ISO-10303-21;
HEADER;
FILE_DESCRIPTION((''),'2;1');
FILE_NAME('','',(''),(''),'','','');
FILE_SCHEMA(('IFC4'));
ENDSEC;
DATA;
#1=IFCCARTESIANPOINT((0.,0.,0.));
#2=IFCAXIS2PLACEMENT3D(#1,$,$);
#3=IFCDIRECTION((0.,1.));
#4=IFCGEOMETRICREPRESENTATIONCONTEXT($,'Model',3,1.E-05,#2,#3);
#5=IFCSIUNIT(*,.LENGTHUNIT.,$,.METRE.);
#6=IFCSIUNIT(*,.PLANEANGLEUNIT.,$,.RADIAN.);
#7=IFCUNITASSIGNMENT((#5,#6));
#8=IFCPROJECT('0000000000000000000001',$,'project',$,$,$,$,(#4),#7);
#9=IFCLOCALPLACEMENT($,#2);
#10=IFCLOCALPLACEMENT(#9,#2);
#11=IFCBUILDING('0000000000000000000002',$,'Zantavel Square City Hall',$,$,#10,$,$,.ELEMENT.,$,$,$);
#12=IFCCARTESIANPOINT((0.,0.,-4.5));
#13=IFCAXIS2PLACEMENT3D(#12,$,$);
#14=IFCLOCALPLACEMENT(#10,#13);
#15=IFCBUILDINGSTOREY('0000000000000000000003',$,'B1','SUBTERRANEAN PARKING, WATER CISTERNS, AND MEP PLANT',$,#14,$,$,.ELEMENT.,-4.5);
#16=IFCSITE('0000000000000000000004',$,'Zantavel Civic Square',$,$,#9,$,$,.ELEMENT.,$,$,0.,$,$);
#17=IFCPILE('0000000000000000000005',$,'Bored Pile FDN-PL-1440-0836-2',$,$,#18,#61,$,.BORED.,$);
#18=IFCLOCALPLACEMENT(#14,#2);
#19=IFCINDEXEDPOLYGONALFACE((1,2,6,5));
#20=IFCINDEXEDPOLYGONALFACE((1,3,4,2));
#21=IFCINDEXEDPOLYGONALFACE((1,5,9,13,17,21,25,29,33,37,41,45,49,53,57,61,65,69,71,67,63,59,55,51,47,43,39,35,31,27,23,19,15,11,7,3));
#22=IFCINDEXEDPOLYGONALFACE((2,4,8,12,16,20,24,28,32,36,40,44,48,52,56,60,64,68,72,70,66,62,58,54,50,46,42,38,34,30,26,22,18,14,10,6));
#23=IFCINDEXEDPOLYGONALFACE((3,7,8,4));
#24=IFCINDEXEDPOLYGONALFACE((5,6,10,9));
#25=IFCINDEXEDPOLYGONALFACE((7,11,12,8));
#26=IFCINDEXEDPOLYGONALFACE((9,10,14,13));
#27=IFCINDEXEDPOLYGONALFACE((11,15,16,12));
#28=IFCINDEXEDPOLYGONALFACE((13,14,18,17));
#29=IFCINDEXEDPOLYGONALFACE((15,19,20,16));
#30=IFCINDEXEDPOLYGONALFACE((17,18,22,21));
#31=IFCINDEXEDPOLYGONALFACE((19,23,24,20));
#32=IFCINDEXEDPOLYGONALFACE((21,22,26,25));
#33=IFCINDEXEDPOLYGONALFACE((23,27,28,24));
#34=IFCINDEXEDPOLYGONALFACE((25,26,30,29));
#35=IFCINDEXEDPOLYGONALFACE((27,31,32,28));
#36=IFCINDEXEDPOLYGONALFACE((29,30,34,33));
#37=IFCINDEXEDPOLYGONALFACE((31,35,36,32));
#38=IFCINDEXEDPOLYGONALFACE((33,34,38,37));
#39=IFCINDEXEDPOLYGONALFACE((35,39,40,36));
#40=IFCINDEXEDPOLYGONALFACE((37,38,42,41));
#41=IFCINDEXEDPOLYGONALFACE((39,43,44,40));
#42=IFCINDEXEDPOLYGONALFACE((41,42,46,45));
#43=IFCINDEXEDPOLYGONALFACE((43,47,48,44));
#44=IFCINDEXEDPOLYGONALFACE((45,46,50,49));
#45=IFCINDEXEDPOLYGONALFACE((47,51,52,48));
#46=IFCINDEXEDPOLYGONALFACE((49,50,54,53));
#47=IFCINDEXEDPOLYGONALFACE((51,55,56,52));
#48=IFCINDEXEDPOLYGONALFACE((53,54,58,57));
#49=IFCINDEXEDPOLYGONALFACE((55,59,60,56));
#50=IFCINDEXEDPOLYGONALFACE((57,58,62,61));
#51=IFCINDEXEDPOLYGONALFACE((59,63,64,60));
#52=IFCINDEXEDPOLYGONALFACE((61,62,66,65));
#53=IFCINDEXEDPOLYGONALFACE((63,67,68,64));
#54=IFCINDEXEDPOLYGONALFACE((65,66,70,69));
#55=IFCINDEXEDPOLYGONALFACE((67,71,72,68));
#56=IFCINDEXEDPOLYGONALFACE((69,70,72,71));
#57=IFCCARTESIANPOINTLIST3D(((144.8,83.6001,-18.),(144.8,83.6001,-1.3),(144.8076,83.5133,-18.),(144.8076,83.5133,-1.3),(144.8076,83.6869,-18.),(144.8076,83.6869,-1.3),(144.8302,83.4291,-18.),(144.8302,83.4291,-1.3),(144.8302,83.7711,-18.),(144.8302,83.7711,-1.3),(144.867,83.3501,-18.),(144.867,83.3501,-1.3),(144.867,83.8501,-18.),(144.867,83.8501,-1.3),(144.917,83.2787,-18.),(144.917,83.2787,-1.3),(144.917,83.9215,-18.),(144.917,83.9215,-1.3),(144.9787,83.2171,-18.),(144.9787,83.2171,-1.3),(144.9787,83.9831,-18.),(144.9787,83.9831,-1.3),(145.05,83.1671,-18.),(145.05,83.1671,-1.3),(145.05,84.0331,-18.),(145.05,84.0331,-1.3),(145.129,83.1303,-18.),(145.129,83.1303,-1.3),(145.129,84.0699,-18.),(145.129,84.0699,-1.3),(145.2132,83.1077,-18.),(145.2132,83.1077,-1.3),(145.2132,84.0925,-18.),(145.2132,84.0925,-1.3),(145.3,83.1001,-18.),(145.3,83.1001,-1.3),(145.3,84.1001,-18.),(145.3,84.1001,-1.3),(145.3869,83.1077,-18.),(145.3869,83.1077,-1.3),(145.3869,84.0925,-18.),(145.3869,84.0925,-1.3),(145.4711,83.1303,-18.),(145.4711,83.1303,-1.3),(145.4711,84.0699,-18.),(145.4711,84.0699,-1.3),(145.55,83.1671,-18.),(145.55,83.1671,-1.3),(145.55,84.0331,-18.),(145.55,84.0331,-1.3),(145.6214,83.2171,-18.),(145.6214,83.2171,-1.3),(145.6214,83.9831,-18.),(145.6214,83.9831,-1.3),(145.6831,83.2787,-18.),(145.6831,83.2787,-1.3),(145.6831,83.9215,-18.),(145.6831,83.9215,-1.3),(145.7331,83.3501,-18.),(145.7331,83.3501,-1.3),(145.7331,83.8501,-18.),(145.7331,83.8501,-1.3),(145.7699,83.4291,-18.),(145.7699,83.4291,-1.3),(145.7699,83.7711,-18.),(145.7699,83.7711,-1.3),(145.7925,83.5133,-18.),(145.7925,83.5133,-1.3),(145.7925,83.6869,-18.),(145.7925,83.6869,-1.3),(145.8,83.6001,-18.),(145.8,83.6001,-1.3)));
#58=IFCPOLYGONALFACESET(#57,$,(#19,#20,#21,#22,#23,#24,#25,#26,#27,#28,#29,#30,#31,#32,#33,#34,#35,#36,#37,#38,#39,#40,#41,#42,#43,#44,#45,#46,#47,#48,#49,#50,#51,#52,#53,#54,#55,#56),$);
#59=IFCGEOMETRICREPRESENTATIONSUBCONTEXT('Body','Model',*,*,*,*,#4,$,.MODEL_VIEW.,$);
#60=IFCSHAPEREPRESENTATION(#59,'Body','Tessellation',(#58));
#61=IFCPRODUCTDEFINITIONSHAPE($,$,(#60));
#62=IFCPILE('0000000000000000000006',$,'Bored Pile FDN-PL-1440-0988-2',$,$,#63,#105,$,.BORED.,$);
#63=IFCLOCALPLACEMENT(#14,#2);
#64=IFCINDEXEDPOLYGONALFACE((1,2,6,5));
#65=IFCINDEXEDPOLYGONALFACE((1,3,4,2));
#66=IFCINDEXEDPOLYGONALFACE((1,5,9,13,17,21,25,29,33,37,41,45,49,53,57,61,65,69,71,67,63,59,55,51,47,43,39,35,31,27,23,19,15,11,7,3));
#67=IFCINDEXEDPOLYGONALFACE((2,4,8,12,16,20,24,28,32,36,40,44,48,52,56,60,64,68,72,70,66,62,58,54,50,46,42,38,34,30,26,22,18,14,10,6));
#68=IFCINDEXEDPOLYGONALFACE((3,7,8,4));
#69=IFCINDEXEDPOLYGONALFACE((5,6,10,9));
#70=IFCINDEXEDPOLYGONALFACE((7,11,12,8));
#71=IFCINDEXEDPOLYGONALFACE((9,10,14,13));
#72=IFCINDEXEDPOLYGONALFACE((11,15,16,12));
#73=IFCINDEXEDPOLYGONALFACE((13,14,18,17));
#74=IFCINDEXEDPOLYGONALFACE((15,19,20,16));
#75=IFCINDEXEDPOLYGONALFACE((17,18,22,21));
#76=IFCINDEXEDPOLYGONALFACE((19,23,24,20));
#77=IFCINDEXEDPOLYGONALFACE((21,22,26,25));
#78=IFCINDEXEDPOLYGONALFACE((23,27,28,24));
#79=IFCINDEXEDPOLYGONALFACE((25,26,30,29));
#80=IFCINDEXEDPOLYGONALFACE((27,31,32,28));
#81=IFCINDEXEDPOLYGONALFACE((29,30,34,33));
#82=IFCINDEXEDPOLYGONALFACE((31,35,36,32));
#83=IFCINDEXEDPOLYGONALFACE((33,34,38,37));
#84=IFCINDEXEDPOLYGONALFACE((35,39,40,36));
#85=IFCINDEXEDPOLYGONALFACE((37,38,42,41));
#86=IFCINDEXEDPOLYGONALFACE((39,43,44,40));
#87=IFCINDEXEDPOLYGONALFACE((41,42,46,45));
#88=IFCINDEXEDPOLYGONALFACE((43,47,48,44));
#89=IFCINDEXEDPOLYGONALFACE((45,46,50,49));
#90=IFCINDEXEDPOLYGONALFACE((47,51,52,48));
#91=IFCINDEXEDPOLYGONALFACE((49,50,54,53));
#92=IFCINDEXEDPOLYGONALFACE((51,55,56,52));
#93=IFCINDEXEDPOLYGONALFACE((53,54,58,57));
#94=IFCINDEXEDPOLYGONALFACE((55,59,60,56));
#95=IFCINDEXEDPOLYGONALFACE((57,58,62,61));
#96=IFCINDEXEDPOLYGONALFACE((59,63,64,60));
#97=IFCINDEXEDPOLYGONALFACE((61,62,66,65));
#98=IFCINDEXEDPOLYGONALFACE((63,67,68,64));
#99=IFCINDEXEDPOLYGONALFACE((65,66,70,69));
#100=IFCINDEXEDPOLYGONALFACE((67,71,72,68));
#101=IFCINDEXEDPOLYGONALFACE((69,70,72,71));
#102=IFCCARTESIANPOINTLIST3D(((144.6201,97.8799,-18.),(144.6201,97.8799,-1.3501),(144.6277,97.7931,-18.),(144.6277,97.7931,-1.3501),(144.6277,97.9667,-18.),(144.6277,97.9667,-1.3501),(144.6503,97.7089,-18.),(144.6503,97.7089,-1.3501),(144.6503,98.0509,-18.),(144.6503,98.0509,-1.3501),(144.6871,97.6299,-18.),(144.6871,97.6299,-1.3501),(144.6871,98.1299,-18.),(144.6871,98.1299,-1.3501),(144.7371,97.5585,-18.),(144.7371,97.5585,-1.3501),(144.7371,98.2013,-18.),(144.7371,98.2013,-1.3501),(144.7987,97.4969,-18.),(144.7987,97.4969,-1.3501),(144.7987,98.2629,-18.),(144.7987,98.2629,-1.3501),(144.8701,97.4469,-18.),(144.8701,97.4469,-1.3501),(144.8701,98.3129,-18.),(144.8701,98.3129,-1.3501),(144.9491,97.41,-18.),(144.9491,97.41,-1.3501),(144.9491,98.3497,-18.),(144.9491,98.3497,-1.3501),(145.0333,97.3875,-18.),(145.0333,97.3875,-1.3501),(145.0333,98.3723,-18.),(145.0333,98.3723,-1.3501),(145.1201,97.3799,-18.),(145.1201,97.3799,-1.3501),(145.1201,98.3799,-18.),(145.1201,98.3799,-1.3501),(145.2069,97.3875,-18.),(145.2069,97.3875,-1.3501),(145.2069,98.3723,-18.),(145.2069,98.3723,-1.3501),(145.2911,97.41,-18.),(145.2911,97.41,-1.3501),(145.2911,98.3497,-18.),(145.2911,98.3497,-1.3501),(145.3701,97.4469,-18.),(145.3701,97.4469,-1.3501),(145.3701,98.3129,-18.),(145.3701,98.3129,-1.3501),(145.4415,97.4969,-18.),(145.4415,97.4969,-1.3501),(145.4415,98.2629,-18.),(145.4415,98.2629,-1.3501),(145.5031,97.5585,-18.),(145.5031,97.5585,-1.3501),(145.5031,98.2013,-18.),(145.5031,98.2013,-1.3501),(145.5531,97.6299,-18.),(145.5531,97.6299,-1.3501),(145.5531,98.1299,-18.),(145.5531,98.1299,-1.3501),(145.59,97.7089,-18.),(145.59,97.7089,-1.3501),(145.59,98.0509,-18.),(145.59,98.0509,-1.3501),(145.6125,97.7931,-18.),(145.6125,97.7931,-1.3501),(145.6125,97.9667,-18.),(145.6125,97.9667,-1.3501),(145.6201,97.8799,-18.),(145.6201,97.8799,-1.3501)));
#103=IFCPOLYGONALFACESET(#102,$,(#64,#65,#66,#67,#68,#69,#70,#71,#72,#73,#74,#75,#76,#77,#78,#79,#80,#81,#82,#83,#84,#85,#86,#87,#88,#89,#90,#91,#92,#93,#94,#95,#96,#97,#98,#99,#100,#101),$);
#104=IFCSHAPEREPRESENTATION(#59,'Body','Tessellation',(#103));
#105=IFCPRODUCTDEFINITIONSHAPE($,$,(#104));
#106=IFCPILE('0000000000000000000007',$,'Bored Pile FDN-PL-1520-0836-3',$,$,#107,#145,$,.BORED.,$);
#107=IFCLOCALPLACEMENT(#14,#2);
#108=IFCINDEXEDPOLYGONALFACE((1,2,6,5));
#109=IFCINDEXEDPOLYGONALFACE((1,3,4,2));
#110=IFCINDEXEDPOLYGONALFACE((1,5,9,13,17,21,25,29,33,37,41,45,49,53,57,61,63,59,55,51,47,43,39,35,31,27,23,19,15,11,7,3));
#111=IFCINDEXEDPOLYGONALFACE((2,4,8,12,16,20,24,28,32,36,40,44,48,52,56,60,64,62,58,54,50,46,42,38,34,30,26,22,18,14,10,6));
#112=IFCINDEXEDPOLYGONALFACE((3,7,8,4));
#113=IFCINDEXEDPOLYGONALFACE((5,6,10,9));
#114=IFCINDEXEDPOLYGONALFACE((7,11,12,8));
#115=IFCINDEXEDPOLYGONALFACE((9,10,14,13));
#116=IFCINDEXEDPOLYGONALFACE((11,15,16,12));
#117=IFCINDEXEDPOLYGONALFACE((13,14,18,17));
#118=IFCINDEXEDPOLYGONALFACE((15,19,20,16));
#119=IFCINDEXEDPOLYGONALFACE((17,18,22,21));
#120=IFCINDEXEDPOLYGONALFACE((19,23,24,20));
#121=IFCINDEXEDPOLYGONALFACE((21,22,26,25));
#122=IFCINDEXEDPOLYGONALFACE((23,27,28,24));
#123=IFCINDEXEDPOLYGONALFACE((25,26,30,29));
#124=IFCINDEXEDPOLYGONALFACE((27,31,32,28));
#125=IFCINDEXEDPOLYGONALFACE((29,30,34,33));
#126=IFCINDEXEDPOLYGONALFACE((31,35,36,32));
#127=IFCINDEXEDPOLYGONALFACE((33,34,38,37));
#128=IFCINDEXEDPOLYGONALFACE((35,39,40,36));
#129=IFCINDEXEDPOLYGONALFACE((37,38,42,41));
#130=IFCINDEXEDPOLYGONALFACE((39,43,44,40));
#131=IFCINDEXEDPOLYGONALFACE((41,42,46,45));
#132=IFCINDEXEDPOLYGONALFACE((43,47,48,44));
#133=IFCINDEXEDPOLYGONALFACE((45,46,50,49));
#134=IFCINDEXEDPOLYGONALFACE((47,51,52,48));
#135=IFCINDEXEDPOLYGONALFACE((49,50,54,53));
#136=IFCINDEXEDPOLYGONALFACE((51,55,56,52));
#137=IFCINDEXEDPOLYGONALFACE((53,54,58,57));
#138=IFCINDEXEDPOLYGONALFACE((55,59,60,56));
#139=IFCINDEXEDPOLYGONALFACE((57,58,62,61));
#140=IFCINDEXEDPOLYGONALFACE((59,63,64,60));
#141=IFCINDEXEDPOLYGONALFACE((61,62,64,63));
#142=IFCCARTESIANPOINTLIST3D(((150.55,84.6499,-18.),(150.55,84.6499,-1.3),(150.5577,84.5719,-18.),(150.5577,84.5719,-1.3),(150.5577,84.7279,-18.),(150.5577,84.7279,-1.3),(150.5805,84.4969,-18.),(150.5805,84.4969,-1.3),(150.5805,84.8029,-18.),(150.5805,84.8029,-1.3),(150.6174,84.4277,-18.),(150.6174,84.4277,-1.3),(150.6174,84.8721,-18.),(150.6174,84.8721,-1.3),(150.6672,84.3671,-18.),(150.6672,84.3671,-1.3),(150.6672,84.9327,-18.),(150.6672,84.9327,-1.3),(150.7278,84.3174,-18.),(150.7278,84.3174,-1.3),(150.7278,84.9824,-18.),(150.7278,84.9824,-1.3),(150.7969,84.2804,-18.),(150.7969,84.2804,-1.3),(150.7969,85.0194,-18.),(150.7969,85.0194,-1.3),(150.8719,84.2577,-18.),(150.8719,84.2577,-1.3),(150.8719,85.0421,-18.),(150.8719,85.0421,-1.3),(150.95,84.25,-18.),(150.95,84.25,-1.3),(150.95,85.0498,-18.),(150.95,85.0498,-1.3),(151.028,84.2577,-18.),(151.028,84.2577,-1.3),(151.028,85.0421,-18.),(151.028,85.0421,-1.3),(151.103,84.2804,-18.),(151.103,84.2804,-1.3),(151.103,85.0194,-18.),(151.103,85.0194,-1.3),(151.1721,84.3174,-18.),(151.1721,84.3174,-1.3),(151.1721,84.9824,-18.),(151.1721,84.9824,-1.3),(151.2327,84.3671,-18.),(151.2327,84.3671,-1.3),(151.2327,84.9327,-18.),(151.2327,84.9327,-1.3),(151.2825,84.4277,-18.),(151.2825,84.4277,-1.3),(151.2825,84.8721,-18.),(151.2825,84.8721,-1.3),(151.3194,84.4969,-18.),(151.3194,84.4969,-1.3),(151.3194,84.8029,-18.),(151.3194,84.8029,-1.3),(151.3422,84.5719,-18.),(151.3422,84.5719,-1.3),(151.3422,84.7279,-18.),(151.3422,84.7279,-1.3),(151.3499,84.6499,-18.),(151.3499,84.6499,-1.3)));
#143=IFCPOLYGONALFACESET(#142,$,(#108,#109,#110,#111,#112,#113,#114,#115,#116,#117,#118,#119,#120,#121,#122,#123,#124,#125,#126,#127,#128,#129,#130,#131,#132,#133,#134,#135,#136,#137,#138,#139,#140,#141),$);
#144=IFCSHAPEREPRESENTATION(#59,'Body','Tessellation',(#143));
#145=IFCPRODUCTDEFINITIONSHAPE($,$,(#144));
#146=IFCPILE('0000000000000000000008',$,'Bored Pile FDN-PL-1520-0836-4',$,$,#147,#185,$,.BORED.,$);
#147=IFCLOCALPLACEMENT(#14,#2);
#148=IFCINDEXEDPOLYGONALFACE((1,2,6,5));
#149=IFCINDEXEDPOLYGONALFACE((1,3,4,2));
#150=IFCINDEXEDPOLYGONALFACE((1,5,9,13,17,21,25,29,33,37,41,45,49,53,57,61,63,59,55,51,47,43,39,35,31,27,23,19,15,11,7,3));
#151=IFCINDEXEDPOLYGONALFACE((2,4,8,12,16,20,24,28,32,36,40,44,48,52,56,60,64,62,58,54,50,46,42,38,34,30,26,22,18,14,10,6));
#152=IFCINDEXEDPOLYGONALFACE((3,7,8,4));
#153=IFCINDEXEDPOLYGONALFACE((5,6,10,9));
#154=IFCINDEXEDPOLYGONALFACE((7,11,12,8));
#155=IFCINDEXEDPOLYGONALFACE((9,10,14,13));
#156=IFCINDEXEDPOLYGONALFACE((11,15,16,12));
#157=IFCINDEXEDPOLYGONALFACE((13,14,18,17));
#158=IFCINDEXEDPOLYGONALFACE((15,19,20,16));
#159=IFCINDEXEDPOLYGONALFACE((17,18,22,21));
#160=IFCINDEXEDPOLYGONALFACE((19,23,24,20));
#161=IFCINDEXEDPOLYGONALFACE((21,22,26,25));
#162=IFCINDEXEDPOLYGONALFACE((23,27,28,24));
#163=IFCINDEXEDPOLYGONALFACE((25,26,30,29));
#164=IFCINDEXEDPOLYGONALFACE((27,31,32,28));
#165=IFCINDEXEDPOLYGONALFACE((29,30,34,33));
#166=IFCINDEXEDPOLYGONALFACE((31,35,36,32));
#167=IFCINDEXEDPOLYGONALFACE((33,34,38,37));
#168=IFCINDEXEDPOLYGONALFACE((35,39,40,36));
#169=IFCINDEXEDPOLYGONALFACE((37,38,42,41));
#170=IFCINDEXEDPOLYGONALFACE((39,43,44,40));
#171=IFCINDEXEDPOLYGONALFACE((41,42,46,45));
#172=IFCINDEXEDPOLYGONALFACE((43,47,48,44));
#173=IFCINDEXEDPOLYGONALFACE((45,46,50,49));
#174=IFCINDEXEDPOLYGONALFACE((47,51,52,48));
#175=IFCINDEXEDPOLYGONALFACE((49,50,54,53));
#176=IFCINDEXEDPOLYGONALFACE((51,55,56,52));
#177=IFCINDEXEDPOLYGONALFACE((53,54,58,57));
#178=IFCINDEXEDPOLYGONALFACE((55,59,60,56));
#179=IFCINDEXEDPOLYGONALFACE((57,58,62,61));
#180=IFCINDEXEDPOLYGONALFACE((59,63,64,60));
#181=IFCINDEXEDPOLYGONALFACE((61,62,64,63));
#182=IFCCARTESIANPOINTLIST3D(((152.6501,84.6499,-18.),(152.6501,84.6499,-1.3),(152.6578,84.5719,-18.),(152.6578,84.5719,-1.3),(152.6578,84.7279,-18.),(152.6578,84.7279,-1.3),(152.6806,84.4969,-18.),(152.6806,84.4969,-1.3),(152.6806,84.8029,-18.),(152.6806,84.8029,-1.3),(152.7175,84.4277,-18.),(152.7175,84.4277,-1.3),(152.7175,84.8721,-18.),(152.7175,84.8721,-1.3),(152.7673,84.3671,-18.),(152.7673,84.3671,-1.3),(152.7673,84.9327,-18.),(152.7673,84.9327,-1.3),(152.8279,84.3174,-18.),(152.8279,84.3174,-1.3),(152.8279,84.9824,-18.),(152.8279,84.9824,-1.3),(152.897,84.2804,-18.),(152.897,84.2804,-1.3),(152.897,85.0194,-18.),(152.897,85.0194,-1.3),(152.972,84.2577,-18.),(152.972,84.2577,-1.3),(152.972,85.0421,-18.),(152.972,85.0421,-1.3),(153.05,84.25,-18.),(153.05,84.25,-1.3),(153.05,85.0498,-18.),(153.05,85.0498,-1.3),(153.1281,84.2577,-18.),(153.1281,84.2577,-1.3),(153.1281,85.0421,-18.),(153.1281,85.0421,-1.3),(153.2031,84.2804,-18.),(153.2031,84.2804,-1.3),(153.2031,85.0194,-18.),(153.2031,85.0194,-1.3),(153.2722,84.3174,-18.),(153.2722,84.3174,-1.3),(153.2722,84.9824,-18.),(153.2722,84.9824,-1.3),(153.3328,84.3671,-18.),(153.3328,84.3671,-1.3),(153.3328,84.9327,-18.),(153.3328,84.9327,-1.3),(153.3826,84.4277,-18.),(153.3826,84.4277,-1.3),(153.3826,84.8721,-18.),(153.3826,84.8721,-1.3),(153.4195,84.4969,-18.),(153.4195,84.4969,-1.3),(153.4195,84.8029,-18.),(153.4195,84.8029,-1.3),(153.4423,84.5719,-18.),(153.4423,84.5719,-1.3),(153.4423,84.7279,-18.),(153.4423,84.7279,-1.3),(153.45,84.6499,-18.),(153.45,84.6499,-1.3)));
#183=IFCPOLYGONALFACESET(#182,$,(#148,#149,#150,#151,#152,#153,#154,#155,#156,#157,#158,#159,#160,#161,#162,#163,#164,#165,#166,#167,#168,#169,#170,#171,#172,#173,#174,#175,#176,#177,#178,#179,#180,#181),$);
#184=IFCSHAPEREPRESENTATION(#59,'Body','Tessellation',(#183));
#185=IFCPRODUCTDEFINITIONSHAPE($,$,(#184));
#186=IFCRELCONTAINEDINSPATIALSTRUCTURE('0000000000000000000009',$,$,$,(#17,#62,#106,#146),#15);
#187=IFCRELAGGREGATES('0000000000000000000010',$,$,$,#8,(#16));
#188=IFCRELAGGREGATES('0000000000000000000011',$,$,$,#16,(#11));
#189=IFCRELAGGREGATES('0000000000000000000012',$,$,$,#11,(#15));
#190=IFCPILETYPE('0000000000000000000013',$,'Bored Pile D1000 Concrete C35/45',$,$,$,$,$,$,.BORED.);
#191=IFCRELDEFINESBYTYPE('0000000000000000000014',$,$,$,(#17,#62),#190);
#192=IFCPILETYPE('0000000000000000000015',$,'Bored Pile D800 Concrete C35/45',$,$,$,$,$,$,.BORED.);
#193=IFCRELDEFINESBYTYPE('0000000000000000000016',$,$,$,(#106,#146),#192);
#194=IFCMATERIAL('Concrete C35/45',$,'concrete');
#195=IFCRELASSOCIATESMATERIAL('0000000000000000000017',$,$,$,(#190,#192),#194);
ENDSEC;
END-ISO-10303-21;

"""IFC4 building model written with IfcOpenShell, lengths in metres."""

from ifc_helpers import new_model, si_unit, direction, frame, origin, origin_2d, place, context, subcontext, project, spatial, circle, extrude, material, material_profile, profile_set, type_object, element, save


model = new_model("IFC4")

# Units and contexts
model_context = context("Model", 3, precision=1e-05, world=origin(), true_north=direction((0.0, 1.0)))
body_context = subcontext(model_context, "Body", "Model", "MODEL_VIEW")
ifc_project = project(units=[si_unit("LENGTHUNIT", "METRE"), si_unit("PLANEANGLEUNIT", "RADIAN")], contexts=[model_context])

# Site, building, storey
site_placement = place(None, origin())
site = spatial("IfcSite", under=ifc_project, at=site_placement, Name="Zantavel Civic Square", CompositionType="ELEMENT", RefElevation=0.0)
building_placement = place(site_placement, origin())
building = spatial("IfcBuilding", under=site, at=building_placement, Name="Zantavel Square City Hall", CompositionType="ELEMENT")
storey_placement = place(building_placement, frame((0.0, 0.0, -4.5)))
storey = spatial("IfcBuildingStorey", under=building, at=storey_placement, Name="B1", Description="SUBTERRANEAN PARKING, WATER CISTERNS, AND MEP PLANT", CompositionType="ELEMENT", Elevation=-4.5)

# Piles
ifc_material_1 = material(Name="Concrete C35/45", Category="concrete")
ifc_material_profile_1 = material_profile(ifc_material_1, circle(Radius=0.5, at=origin_2d()), Name="PILE D1000")
ifc_profile_set_1 = profile_set([ifc_material_profile_1], Name="Concrete C35/45")
pile_type_1 = type_object("IfcPileType", Name="Bored Pile D1000 Concrete C35/45", PredefinedType="BORED", material=ifc_profile_set_1)
pile_1_placement = place(storey_placement, frame((145.3, 83.6001, -1.3), z_axis=(0.0, 0.0, -1.0), x_axis=(1.0, 0.0, 0.0)))
element("IfcPile", 1, at=pile_1_placement, inside=storey, type_object=pile_type_1, Name="Bored Pile FDN-PL-1440-0836-2", PredefinedType="BORED", context=body_context, shape_type="SweptSolid", body=[
    extrude(circle(Radius=0.5, at=origin_2d()), origin(), (0.0, 0.0, 1.0), 16.7),
])
pile_2_placement = place(storey_placement, frame((145.1201, 97.8799, -1.3501), z_axis=(0.0, 0.0, -1.0), x_axis=(1.0, 0.0, 0.0)))
element("IfcPile", 2, at=pile_2_placement, inside=storey, type_object=pile_type_1, Name="Bored Pile FDN-PL-1440-0988-2", PredefinedType="BORED", context=body_context, shape_type="SweptSolid", body=[
    extrude(circle(Radius=0.5, at=origin_2d()), origin(), (0.0, 0.0, 1.0), 16.6499),
])
ifc_material_profile_2 = material_profile(ifc_material_1, circle(Radius=0.3999, at=origin_2d()), Name="PILE D800")
ifc_profile_set_2 = profile_set([ifc_material_profile_2], Name="Concrete C35/45")
pile_type_2 = type_object("IfcPileType", Name="Bored Pile D800 Concrete C35/45", PredefinedType="BORED", material=ifc_profile_set_2)
for number, where, z_axis, x_axis, name in (
    (3, (150.95, 84.6499, -1.3), (0.0, 0.0, -1.0), (1.0, 0.0, 0.0), "Bored Pile FDN-PL-1520-0836-3"),
    (4, (153.05, 84.6499, -1.3), (0.0, 0.0, -1.0), (1.0, 0.0, 0.0), "Bored Pile FDN-PL-1520-0836-4"),
):
    element("IfcPile", number, at=place(storey_placement, frame(where, z_axis=z_axis, x_axis=x_axis)), inside=storey, type_object=pile_type_2, Name=name, PredefinedType="BORED", context=body_context, shape_type="SweptSolid", body=[
        extrude(circle(Radius=0.3999, at=origin_2d()), origin(), (0.0, 0.0, 1.0), 16.7),
    ])

save(model, "model.ifc")
